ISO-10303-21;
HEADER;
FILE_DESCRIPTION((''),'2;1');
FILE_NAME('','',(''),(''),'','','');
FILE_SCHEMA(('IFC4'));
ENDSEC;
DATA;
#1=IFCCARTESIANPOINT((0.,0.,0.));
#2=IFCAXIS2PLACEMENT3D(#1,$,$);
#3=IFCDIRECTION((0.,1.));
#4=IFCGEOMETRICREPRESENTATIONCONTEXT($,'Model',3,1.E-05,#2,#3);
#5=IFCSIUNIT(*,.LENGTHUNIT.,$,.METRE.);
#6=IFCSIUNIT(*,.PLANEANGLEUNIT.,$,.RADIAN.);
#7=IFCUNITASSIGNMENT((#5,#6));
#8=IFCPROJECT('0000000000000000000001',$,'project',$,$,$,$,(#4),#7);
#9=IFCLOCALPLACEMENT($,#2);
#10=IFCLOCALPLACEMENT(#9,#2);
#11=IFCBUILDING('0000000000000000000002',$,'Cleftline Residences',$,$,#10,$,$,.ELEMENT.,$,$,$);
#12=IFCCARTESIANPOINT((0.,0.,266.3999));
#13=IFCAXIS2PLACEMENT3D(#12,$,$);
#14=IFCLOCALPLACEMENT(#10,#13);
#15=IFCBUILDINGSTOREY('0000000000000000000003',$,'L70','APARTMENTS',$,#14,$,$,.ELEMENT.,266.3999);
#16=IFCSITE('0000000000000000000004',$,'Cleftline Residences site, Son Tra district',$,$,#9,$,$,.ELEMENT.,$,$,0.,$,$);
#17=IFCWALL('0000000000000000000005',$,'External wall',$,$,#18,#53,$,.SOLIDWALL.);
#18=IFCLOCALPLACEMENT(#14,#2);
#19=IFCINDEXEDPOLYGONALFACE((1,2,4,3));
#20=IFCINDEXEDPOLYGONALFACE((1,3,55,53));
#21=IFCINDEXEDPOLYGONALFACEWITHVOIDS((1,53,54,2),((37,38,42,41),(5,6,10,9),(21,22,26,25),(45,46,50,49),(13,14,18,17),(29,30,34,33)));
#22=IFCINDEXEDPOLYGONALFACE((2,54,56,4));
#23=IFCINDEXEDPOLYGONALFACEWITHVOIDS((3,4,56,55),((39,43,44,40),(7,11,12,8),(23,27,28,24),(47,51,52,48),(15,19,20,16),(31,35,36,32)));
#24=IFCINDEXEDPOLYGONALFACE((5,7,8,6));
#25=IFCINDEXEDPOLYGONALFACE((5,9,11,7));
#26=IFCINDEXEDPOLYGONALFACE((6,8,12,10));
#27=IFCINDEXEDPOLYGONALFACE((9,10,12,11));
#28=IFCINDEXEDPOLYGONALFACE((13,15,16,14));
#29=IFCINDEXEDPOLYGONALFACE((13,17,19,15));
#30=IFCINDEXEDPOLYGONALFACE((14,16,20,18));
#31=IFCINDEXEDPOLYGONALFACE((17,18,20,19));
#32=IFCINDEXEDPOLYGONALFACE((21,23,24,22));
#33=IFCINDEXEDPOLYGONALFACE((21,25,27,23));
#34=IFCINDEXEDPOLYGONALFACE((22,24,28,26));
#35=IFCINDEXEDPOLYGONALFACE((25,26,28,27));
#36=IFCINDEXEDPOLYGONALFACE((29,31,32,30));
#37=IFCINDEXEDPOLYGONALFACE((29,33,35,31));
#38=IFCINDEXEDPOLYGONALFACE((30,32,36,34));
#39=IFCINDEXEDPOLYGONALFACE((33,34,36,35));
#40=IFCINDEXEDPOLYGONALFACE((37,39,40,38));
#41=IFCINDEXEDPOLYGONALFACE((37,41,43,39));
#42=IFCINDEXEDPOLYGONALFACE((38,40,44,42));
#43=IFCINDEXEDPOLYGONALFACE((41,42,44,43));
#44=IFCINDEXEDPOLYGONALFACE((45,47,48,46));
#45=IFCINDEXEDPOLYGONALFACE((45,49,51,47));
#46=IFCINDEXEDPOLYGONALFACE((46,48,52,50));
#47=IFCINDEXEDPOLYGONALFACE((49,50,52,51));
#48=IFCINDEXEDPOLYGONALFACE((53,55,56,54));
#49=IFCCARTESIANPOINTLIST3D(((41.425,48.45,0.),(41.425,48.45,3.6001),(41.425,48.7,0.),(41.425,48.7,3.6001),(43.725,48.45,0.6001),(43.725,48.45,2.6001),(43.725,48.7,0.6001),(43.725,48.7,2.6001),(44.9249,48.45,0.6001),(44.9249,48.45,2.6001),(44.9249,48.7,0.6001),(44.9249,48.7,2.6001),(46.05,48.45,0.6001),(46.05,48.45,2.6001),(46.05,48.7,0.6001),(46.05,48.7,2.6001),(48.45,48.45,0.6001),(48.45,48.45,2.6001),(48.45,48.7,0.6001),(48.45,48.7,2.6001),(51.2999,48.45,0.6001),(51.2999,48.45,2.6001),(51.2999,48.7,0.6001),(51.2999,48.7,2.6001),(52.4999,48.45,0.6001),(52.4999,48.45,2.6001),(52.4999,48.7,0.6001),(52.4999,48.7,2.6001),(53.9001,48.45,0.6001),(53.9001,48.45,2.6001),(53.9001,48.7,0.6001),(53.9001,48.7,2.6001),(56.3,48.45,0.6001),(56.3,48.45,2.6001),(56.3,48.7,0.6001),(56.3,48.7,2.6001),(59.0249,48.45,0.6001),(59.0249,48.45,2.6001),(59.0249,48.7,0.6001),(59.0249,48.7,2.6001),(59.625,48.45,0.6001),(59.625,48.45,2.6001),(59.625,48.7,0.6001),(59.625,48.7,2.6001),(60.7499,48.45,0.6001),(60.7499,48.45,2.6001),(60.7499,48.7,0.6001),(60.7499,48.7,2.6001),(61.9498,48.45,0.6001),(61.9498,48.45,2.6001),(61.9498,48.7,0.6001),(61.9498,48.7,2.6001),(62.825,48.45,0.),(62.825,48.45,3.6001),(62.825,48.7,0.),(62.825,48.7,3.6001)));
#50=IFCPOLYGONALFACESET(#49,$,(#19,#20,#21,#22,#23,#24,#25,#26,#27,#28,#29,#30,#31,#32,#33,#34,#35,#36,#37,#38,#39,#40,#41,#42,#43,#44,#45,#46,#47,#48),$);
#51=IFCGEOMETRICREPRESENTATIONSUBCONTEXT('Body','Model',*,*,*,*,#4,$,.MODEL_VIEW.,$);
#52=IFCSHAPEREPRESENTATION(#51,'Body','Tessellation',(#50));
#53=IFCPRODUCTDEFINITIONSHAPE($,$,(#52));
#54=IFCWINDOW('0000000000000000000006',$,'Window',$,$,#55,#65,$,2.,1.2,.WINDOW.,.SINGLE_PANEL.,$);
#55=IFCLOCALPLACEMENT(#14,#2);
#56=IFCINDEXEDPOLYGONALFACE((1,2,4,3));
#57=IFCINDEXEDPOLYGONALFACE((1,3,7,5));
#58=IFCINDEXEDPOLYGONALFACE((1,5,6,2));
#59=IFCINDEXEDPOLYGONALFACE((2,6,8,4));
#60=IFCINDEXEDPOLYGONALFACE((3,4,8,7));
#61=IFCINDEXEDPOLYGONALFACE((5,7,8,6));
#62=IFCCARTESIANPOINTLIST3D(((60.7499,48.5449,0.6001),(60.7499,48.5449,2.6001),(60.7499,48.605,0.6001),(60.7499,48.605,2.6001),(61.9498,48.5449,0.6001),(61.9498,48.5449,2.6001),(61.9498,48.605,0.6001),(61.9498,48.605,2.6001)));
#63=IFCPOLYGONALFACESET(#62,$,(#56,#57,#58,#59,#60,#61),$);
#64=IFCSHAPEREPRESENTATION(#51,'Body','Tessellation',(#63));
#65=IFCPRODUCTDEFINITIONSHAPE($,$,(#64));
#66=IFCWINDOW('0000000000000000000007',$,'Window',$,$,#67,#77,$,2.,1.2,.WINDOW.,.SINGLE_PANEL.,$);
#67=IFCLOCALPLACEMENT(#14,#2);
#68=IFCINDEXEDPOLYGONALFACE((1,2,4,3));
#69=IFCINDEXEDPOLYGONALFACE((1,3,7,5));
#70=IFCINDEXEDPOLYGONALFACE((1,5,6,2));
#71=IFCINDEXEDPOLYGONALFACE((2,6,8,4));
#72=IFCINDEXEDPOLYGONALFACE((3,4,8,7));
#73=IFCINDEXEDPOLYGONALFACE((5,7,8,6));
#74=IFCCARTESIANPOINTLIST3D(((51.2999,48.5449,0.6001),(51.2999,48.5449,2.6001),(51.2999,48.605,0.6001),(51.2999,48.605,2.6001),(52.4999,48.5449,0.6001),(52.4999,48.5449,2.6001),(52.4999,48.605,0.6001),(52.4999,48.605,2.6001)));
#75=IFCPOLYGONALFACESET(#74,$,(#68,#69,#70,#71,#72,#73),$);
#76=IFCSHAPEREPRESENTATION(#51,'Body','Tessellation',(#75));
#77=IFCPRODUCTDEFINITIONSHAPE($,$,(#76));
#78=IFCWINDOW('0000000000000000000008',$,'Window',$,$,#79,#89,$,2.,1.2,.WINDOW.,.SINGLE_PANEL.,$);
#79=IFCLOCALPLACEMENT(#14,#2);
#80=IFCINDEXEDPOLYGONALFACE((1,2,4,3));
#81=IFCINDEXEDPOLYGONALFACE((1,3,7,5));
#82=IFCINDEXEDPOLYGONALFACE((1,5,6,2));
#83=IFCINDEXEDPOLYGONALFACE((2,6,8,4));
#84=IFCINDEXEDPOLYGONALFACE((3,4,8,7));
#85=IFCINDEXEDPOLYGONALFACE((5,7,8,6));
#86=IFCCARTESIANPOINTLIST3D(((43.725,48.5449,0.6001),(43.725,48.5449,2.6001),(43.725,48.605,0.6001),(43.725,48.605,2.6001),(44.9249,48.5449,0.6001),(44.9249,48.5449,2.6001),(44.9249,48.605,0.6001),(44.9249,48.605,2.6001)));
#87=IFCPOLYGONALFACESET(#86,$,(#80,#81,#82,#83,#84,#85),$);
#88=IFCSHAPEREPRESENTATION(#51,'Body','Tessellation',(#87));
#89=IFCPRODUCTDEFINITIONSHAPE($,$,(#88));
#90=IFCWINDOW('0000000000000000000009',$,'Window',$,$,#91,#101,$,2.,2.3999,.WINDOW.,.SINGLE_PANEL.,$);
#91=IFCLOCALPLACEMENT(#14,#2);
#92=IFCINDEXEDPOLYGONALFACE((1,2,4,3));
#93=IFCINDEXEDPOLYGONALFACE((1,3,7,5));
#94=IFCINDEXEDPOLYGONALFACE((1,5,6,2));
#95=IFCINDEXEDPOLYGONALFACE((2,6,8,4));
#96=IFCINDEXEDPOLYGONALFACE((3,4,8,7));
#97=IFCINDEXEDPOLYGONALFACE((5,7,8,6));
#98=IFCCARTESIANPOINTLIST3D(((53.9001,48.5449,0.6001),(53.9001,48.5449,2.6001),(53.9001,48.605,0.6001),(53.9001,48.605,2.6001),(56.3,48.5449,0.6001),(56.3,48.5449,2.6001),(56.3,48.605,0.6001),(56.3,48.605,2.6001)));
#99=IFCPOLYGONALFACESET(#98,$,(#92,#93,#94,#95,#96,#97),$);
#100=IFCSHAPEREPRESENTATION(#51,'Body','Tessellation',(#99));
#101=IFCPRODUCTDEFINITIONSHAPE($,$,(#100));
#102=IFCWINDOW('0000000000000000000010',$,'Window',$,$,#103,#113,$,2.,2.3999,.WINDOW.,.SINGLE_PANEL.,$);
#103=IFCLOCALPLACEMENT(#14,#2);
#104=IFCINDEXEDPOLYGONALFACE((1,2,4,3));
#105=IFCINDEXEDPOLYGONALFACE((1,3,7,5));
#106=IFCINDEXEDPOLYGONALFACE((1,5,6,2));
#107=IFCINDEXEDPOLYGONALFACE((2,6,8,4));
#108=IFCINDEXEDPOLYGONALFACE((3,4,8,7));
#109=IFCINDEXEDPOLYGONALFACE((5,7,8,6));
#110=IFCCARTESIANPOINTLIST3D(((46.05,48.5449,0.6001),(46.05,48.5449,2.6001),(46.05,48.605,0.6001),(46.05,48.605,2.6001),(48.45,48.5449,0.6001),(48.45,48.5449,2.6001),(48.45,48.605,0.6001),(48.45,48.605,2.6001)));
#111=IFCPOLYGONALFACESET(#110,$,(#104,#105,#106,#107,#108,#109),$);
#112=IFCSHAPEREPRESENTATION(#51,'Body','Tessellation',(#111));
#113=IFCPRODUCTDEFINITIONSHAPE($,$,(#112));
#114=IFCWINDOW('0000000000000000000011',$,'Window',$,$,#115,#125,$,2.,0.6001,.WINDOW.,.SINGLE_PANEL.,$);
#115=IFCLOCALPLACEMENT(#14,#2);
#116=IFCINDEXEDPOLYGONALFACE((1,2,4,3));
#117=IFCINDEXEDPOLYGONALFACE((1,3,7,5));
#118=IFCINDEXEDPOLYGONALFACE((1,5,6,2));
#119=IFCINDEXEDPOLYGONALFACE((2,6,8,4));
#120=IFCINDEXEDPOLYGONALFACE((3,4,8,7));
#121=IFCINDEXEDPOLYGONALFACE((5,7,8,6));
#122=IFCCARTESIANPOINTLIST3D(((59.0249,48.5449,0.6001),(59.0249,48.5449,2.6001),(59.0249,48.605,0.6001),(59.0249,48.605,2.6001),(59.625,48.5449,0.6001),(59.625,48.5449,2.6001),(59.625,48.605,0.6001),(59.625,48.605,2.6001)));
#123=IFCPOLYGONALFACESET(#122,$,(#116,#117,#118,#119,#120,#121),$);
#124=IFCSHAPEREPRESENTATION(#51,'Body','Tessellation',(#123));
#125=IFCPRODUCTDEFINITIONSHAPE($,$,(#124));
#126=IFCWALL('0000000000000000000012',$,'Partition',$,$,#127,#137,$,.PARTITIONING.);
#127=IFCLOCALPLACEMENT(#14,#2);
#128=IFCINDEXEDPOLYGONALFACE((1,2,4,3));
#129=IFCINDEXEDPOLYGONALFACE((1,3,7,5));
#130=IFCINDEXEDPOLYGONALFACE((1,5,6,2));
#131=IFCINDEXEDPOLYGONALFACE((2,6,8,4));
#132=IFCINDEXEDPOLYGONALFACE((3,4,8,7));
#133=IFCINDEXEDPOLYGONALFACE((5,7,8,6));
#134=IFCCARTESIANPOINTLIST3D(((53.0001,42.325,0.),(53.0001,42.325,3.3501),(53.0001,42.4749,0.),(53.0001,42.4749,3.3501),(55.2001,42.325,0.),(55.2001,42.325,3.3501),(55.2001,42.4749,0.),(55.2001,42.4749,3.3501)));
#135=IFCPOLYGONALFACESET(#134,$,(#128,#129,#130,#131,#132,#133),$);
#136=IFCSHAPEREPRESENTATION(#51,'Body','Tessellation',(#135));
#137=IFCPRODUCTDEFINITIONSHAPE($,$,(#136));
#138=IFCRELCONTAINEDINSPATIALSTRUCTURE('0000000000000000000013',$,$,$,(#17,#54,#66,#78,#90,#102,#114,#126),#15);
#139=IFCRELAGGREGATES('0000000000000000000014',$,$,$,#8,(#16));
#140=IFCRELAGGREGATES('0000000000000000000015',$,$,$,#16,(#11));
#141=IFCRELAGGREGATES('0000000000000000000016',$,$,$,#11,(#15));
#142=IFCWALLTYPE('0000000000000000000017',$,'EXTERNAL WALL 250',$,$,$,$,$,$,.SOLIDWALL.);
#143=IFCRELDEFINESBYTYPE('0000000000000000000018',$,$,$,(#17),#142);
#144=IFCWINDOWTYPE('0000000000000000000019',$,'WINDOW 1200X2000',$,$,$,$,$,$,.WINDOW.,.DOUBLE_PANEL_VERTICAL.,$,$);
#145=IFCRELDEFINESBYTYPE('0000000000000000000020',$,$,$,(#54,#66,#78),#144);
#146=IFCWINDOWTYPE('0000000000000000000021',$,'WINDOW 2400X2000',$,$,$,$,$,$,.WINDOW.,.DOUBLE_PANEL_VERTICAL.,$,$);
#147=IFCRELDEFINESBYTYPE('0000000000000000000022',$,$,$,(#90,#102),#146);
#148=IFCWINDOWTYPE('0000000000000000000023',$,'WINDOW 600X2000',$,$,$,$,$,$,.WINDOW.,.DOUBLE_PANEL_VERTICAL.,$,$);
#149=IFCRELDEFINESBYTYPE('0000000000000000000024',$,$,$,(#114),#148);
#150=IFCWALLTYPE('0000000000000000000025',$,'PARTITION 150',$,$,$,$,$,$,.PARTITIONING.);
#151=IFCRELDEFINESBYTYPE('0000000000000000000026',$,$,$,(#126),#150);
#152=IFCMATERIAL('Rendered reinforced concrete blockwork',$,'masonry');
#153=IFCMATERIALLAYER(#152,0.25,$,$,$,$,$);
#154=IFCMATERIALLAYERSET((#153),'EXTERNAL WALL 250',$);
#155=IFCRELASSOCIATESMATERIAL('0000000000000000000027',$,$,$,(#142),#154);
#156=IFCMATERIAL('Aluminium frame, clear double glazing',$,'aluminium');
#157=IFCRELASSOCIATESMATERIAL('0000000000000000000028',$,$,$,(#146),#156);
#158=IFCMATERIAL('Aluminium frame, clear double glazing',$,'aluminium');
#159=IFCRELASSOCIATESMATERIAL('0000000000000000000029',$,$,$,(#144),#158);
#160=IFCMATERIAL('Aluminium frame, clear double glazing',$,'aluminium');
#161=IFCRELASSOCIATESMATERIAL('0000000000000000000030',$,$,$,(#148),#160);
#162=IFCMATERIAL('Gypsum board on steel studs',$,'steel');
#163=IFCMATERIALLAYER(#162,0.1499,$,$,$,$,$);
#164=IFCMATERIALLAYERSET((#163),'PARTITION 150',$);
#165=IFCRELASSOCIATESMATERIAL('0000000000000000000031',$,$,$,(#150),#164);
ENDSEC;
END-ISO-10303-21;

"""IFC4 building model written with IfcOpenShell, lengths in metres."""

from ifc_helpers import new_model, si_unit, direction, frame, frame_2d, origin, place, context, subcontext, project, spatial, rectangle, extrude, material, layer, layer_set, type_object, element, fill, save


model = new_model("IFC4")

# Units and contexts
model_context = context("Model", 3, precision=1e-05, world=origin(), true_north=direction((0.0, 1.0)))
body_context = subcontext(model_context, "Body", "Model", "MODEL_VIEW")
ifc_project = project(units=[si_unit("LENGTHUNIT", "METRE"), si_unit("PLANEANGLEUNIT", "RADIAN")], contexts=[model_context])

# Site, building, storey
site_placement = place(None, origin())
site = spatial("IfcSite", under=ifc_project, at=site_placement, Name="Cleftline Residences site, Son Tra district", CompositionType="ELEMENT", RefElevation=0.0)
building_placement = place(site_placement, origin())
building = spatial("IfcBuilding", under=site, at=building_placement, Name="Cleftline Residences", CompositionType="ELEMENT")
storey_placement = place(building_placement, frame((0.0, 0.0, 266.3999)))
storey = spatial("IfcBuildingStorey", under=building, at=storey_placement, Name="L70", Description="APARTMENTS", CompositionType="ELEMENT", Elevation=266.3999)

# Shared definitions
ifc_material_1 = material(Name="Rendered reinforced concrete blockwork", Category="masonry")
ifc_layer_1 = layer(ifc_material_1, 0.25)
ifc_layer_set_1 = layer_set([ifc_layer_1], Name="EXTERNAL WALL 250")
wall_type_1 = type_object("IfcWallType", Name="EXTERNAL WALL 250", PredefinedType="SOLIDWALL", material=ifc_layer_set_1)
ifc_material_2 = material(Name="Aluminium frame, clear double glazing", Category="aluminium")
window_type_1 = type_object("IfcWindowType", Name="WINDOW 2400X2000", PartitioningType="DOUBLE_PANEL_VERTICAL", PredefinedType="WINDOW", material=ifc_material_2)

# Wall, openings, windows
wall_1_placement = place(storey_placement, frame((62.825, 48.575, 0.0), z_axis=(0.0, 0.0, 1.0), x_axis=(-1.0, 0.0, 0.0)))
wall_1 = element("IfcWall", 1, at=wall_1_placement, inside=storey, type_object=wall_type_1, Name="External wall", PredefinedType="SOLIDWALL", context=body_context, shape_type="SweptSolid", body=[
    extrude(rectangle(XDim=21.3999, YDim=0.25, at=frame_2d((10.7, 0.0))), origin(), (0.0, 0.0, 1.0), 3.6001),
])
opening_1_placement = place(wall_1_placement, frame((0.875, 0.0, 0.6001)))
opening_1 = element("IfcOpeningElement", 2, at=opening_1_placement, cuts=wall_1, PredefinedType="OPENING", context=body_context, shape_type="SweptSolid", body=[
    extrude(rectangle(XDim=1.2, YDim=2.0, at=frame_2d((0.6001, 1.0))), frame((0.0, 0.135, 0.0), z_axis=(0.0, -1.0, 0.0), x_axis=(1.0, 0.0, 0.0)), (0.0, 0.0, 1.0), 0.27),
])
opening_2_placement = place(wall_1_placement, frame((3.2, 0.0, 0.6001)))
opening_2 = element("IfcOpeningElement", 3, at=opening_2_placement, cuts=wall_1, PredefinedType="OPENING", context=body_context, shape_type="SweptSolid", body=[
    extrude(rectangle(XDim=0.6001, YDim=2.0, at=frame_2d((0.3, 1.0))), frame((0.0, 0.135, 0.0), z_axis=(0.0, -1.0, 0.0), x_axis=(1.0, 0.0, 0.0)), (0.0, 0.0, 1.0), 0.27),
])
opening_3_placement = place(wall_1_placement, frame((6.5249, 0.0, 0.6001)))
opening_3 = element("IfcOpeningElement", 4, at=opening_3_placement, cuts=wall_1, PredefinedType="OPENING", context=body_context, shape_type="SweptSolid", body=[
    extrude(rectangle(XDim=2.3999, YDim=2.0, at=frame_2d((1.2, 1.0))), frame((0.0, 0.135, 0.0), z_axis=(0.0, -1.0, 0.0), x_axis=(1.0, 0.0, 0.0)), (0.0, 0.0, 1.0), 0.27),
])
opening_4_placement = place(wall_1_placement, frame((10.325, 0.0, 0.6001)))
opening_4 = element("IfcOpeningElement", 5, at=opening_4_placement, cuts=wall_1, PredefinedType="OPENING", context=body_context, shape_type="SweptSolid", body=[
    extrude(rectangle(XDim=1.2, YDim=2.0, at=frame_2d((0.6001, 1.0))), frame((0.0, 0.135, 0.0), z_axis=(0.0, -1.0, 0.0), x_axis=(1.0, 0.0, 0.0)), (0.0, 0.0, 1.0), 0.27),
])
opening_5_placement = place(wall_1_placement, frame((14.375, 0.0, 0.6001)))
opening_5 = element("IfcOpeningElement", 6, at=opening_5_placement, cuts=wall_1, PredefinedType="OPENING", context=body_context, shape_type="SweptSolid", body=[
    extrude(rectangle(XDim=2.3999, YDim=2.0, at=frame_2d((1.2, 1.0))), frame((0.0, 0.135, 0.0), z_axis=(0.0, -1.0, 0.0), x_axis=(1.0, 0.0, 0.0)), (0.0, 0.0, 1.0), 0.27),
])
opening_6_placement = place(wall_1_placement, frame((17.8999, 0.0, 0.6001)))
opening_6 = element("IfcOpeningElement", 7, at=opening_6_placement, cuts=wall_1, PredefinedType="OPENING", context=body_context, shape_type="SweptSolid", body=[
    extrude(rectangle(XDim=1.2, YDim=2.0, at=frame_2d((0.6001, 1.0))), frame((0.0, 0.135, 0.0), z_axis=(0.0, -1.0, 0.0), x_axis=(1.0, 0.0, 0.0)), (0.0, 0.0, 1.0), 0.27),
])
ifc_material_3 = material(Name="Aluminium frame, clear double glazing", Category="aluminium")
window_type_2 = type_object("IfcWindowType", Name="WINDOW 1200X2000", PartitioningType="DOUBLE_PANEL_VERTICAL", PredefinedType="WINDOW", material=ifc_material_3)
window_1_placement = place(opening_1_placement, origin())
window_1 = element("IfcWindow", 8, at=window_1_placement, inside=storey, type_object=window_type_2, Name="Window", OverallHeight=2.0, OverallWidth=1.2, PartitioningType="SINGLE_PANEL", PredefinedType="WINDOW", context=body_context, shape_type="SweptSolid", body=[
    extrude(rectangle(XDim=1.2, YDim=2.0, at=frame_2d((0.6001, 1.0))), frame((0.0, 0.03, 0.0), z_axis=(0.0, -1.0, 0.0), x_axis=(1.0, 0.0, 0.0)), (0.0, 0.0, 1.0), 0.0601),
])
fill(opening_1, window_1)
window_2_placement = place(opening_4_placement, origin())
window_2 = element("IfcWindow", 9, at=window_2_placement, inside=storey, type_object=window_type_2, Name="Window", OverallHeight=2.0, OverallWidth=1.2, PartitioningType="SINGLE_PANEL", PredefinedType="WINDOW", context=body_context, shape_type="SweptSolid", body=[
    extrude(rectangle(XDim=1.2, YDim=2.0, at=frame_2d((0.6001, 1.0))), frame((0.0, 0.03, 0.0), z_axis=(0.0, -1.0, 0.0), x_axis=(1.0, 0.0, 0.0)), (0.0, 0.0, 1.0), 0.0601),
])
fill(opening_4, window_2)
window_3_placement = place(opening_6_placement, origin())
window_3 = element("IfcWindow", 10, at=window_3_placement, inside=storey, type_object=window_type_2, Name="Window", OverallHeight=2.0, OverallWidth=1.2, PartitioningType="SINGLE_PANEL", PredefinedType="WINDOW", context=body_context, shape_type="SweptSolid", body=[
    extrude(rectangle(XDim=1.2, YDim=2.0, at=frame_2d((0.6001, 1.0))), frame((0.0, 0.03, 0.0), z_axis=(0.0, -1.0, 0.0), x_axis=(1.0, 0.0, 0.0)), (0.0, 0.0, 1.0), 0.0601),
])
fill(opening_6, window_3)
window_4_placement = place(opening_3_placement, origin())
window_4 = element("IfcWindow", 11, at=window_4_placement, inside=storey, type_object=window_type_1, Name="Window", OverallHeight=2.0, OverallWidth=2.3999, PartitioningType="SINGLE_PANEL", PredefinedType="WINDOW", context=body_context, shape_type="SweptSolid", body=[
    extrude(rectangle(XDim=2.3999, YDim=2.0, at=frame_2d((1.2, 1.0))), frame((0.0, 0.03, 0.0), z_axis=(0.0, -1.0, 0.0), x_axis=(1.0, 0.0, 0.0)), (0.0, 0.0, 1.0), 0.0601),
])
fill(opening_3, window_4)
window_5_placement = place(opening_5_placement, origin())
window_5 = element("IfcWindow", 12, at=window_5_placement, inside=storey, type_object=window_type_1, Name="Window", OverallHeight=2.0, OverallWidth=2.3999, PartitioningType="SINGLE_PANEL", PredefinedType="WINDOW", context=body_context, shape_type="SweptSolid", body=[
    extrude(rectangle(XDim=2.3999, YDim=2.0, at=frame_2d((1.2, 1.0))), frame((0.0, 0.03, 0.0), z_axis=(0.0, -1.0, 0.0), x_axis=(1.0, 0.0, 0.0)), (0.0, 0.0, 1.0), 0.0601),
])
fill(opening_5, window_5)
ifc_material_4 = material(Name="Aluminium frame, clear double glazing", Category="aluminium")
window_type_3 = type_object("IfcWindowType", Name="WINDOW 600X2000", PartitioningType="DOUBLE_PANEL_VERTICAL", PredefinedType="WINDOW", material=ifc_material_4)
window_6_placement = place(opening_2_placement, origin())
window_6 = element("IfcWindow", 13, at=window_6_placement, inside=storey, type_object=window_type_3, Name="Window", OverallHeight=2.0, OverallWidth=0.6001, PartitioningType="SINGLE_PANEL", PredefinedType="WINDOW", context=body_context, shape_type="SweptSolid", body=[
    extrude(rectangle(XDim=0.6001, YDim=2.0, at=frame_2d((0.3, 1.0))), frame((0.0, 0.03, 0.0), z_axis=(0.0, -1.0, 0.0), x_axis=(1.0, 0.0, 0.0)), (0.0, 0.0, 1.0), 0.0601),
])
fill(opening_2, window_6)

# Wall
ifc_material_5 = material(Name="Gypsum board on steel studs", Category="steel")
ifc_layer_2 = layer(ifc_material_5, 0.1499)
ifc_layer_set_2 = layer_set([ifc_layer_2], Name="PARTITION 150")
wall_type_2 = type_object("IfcWallType", Name="PARTITION 150", PredefinedType="PARTITIONING", material=ifc_layer_set_2)
wall_2_placement = place(storey_placement, frame((53.0, 42.3999, 0.0), z_axis=(0.0, 0.0, 1.0), x_axis=(1.0, 0.0, 0.0)))
element("IfcWall", 14, at=wall_2_placement, inside=storey, type_object=wall_type_2, Name="Partition", PredefinedType="PARTITIONING", context=body_context, shape_type="SweptSolid", body=[
    extrude(rectangle(XDim=2.2, YDim=0.1499, at=frame_2d((1.1001, 0.0))), origin(), (0.0, 0.0, 1.0), 3.3501),
])

save(model, "model.ifc")
